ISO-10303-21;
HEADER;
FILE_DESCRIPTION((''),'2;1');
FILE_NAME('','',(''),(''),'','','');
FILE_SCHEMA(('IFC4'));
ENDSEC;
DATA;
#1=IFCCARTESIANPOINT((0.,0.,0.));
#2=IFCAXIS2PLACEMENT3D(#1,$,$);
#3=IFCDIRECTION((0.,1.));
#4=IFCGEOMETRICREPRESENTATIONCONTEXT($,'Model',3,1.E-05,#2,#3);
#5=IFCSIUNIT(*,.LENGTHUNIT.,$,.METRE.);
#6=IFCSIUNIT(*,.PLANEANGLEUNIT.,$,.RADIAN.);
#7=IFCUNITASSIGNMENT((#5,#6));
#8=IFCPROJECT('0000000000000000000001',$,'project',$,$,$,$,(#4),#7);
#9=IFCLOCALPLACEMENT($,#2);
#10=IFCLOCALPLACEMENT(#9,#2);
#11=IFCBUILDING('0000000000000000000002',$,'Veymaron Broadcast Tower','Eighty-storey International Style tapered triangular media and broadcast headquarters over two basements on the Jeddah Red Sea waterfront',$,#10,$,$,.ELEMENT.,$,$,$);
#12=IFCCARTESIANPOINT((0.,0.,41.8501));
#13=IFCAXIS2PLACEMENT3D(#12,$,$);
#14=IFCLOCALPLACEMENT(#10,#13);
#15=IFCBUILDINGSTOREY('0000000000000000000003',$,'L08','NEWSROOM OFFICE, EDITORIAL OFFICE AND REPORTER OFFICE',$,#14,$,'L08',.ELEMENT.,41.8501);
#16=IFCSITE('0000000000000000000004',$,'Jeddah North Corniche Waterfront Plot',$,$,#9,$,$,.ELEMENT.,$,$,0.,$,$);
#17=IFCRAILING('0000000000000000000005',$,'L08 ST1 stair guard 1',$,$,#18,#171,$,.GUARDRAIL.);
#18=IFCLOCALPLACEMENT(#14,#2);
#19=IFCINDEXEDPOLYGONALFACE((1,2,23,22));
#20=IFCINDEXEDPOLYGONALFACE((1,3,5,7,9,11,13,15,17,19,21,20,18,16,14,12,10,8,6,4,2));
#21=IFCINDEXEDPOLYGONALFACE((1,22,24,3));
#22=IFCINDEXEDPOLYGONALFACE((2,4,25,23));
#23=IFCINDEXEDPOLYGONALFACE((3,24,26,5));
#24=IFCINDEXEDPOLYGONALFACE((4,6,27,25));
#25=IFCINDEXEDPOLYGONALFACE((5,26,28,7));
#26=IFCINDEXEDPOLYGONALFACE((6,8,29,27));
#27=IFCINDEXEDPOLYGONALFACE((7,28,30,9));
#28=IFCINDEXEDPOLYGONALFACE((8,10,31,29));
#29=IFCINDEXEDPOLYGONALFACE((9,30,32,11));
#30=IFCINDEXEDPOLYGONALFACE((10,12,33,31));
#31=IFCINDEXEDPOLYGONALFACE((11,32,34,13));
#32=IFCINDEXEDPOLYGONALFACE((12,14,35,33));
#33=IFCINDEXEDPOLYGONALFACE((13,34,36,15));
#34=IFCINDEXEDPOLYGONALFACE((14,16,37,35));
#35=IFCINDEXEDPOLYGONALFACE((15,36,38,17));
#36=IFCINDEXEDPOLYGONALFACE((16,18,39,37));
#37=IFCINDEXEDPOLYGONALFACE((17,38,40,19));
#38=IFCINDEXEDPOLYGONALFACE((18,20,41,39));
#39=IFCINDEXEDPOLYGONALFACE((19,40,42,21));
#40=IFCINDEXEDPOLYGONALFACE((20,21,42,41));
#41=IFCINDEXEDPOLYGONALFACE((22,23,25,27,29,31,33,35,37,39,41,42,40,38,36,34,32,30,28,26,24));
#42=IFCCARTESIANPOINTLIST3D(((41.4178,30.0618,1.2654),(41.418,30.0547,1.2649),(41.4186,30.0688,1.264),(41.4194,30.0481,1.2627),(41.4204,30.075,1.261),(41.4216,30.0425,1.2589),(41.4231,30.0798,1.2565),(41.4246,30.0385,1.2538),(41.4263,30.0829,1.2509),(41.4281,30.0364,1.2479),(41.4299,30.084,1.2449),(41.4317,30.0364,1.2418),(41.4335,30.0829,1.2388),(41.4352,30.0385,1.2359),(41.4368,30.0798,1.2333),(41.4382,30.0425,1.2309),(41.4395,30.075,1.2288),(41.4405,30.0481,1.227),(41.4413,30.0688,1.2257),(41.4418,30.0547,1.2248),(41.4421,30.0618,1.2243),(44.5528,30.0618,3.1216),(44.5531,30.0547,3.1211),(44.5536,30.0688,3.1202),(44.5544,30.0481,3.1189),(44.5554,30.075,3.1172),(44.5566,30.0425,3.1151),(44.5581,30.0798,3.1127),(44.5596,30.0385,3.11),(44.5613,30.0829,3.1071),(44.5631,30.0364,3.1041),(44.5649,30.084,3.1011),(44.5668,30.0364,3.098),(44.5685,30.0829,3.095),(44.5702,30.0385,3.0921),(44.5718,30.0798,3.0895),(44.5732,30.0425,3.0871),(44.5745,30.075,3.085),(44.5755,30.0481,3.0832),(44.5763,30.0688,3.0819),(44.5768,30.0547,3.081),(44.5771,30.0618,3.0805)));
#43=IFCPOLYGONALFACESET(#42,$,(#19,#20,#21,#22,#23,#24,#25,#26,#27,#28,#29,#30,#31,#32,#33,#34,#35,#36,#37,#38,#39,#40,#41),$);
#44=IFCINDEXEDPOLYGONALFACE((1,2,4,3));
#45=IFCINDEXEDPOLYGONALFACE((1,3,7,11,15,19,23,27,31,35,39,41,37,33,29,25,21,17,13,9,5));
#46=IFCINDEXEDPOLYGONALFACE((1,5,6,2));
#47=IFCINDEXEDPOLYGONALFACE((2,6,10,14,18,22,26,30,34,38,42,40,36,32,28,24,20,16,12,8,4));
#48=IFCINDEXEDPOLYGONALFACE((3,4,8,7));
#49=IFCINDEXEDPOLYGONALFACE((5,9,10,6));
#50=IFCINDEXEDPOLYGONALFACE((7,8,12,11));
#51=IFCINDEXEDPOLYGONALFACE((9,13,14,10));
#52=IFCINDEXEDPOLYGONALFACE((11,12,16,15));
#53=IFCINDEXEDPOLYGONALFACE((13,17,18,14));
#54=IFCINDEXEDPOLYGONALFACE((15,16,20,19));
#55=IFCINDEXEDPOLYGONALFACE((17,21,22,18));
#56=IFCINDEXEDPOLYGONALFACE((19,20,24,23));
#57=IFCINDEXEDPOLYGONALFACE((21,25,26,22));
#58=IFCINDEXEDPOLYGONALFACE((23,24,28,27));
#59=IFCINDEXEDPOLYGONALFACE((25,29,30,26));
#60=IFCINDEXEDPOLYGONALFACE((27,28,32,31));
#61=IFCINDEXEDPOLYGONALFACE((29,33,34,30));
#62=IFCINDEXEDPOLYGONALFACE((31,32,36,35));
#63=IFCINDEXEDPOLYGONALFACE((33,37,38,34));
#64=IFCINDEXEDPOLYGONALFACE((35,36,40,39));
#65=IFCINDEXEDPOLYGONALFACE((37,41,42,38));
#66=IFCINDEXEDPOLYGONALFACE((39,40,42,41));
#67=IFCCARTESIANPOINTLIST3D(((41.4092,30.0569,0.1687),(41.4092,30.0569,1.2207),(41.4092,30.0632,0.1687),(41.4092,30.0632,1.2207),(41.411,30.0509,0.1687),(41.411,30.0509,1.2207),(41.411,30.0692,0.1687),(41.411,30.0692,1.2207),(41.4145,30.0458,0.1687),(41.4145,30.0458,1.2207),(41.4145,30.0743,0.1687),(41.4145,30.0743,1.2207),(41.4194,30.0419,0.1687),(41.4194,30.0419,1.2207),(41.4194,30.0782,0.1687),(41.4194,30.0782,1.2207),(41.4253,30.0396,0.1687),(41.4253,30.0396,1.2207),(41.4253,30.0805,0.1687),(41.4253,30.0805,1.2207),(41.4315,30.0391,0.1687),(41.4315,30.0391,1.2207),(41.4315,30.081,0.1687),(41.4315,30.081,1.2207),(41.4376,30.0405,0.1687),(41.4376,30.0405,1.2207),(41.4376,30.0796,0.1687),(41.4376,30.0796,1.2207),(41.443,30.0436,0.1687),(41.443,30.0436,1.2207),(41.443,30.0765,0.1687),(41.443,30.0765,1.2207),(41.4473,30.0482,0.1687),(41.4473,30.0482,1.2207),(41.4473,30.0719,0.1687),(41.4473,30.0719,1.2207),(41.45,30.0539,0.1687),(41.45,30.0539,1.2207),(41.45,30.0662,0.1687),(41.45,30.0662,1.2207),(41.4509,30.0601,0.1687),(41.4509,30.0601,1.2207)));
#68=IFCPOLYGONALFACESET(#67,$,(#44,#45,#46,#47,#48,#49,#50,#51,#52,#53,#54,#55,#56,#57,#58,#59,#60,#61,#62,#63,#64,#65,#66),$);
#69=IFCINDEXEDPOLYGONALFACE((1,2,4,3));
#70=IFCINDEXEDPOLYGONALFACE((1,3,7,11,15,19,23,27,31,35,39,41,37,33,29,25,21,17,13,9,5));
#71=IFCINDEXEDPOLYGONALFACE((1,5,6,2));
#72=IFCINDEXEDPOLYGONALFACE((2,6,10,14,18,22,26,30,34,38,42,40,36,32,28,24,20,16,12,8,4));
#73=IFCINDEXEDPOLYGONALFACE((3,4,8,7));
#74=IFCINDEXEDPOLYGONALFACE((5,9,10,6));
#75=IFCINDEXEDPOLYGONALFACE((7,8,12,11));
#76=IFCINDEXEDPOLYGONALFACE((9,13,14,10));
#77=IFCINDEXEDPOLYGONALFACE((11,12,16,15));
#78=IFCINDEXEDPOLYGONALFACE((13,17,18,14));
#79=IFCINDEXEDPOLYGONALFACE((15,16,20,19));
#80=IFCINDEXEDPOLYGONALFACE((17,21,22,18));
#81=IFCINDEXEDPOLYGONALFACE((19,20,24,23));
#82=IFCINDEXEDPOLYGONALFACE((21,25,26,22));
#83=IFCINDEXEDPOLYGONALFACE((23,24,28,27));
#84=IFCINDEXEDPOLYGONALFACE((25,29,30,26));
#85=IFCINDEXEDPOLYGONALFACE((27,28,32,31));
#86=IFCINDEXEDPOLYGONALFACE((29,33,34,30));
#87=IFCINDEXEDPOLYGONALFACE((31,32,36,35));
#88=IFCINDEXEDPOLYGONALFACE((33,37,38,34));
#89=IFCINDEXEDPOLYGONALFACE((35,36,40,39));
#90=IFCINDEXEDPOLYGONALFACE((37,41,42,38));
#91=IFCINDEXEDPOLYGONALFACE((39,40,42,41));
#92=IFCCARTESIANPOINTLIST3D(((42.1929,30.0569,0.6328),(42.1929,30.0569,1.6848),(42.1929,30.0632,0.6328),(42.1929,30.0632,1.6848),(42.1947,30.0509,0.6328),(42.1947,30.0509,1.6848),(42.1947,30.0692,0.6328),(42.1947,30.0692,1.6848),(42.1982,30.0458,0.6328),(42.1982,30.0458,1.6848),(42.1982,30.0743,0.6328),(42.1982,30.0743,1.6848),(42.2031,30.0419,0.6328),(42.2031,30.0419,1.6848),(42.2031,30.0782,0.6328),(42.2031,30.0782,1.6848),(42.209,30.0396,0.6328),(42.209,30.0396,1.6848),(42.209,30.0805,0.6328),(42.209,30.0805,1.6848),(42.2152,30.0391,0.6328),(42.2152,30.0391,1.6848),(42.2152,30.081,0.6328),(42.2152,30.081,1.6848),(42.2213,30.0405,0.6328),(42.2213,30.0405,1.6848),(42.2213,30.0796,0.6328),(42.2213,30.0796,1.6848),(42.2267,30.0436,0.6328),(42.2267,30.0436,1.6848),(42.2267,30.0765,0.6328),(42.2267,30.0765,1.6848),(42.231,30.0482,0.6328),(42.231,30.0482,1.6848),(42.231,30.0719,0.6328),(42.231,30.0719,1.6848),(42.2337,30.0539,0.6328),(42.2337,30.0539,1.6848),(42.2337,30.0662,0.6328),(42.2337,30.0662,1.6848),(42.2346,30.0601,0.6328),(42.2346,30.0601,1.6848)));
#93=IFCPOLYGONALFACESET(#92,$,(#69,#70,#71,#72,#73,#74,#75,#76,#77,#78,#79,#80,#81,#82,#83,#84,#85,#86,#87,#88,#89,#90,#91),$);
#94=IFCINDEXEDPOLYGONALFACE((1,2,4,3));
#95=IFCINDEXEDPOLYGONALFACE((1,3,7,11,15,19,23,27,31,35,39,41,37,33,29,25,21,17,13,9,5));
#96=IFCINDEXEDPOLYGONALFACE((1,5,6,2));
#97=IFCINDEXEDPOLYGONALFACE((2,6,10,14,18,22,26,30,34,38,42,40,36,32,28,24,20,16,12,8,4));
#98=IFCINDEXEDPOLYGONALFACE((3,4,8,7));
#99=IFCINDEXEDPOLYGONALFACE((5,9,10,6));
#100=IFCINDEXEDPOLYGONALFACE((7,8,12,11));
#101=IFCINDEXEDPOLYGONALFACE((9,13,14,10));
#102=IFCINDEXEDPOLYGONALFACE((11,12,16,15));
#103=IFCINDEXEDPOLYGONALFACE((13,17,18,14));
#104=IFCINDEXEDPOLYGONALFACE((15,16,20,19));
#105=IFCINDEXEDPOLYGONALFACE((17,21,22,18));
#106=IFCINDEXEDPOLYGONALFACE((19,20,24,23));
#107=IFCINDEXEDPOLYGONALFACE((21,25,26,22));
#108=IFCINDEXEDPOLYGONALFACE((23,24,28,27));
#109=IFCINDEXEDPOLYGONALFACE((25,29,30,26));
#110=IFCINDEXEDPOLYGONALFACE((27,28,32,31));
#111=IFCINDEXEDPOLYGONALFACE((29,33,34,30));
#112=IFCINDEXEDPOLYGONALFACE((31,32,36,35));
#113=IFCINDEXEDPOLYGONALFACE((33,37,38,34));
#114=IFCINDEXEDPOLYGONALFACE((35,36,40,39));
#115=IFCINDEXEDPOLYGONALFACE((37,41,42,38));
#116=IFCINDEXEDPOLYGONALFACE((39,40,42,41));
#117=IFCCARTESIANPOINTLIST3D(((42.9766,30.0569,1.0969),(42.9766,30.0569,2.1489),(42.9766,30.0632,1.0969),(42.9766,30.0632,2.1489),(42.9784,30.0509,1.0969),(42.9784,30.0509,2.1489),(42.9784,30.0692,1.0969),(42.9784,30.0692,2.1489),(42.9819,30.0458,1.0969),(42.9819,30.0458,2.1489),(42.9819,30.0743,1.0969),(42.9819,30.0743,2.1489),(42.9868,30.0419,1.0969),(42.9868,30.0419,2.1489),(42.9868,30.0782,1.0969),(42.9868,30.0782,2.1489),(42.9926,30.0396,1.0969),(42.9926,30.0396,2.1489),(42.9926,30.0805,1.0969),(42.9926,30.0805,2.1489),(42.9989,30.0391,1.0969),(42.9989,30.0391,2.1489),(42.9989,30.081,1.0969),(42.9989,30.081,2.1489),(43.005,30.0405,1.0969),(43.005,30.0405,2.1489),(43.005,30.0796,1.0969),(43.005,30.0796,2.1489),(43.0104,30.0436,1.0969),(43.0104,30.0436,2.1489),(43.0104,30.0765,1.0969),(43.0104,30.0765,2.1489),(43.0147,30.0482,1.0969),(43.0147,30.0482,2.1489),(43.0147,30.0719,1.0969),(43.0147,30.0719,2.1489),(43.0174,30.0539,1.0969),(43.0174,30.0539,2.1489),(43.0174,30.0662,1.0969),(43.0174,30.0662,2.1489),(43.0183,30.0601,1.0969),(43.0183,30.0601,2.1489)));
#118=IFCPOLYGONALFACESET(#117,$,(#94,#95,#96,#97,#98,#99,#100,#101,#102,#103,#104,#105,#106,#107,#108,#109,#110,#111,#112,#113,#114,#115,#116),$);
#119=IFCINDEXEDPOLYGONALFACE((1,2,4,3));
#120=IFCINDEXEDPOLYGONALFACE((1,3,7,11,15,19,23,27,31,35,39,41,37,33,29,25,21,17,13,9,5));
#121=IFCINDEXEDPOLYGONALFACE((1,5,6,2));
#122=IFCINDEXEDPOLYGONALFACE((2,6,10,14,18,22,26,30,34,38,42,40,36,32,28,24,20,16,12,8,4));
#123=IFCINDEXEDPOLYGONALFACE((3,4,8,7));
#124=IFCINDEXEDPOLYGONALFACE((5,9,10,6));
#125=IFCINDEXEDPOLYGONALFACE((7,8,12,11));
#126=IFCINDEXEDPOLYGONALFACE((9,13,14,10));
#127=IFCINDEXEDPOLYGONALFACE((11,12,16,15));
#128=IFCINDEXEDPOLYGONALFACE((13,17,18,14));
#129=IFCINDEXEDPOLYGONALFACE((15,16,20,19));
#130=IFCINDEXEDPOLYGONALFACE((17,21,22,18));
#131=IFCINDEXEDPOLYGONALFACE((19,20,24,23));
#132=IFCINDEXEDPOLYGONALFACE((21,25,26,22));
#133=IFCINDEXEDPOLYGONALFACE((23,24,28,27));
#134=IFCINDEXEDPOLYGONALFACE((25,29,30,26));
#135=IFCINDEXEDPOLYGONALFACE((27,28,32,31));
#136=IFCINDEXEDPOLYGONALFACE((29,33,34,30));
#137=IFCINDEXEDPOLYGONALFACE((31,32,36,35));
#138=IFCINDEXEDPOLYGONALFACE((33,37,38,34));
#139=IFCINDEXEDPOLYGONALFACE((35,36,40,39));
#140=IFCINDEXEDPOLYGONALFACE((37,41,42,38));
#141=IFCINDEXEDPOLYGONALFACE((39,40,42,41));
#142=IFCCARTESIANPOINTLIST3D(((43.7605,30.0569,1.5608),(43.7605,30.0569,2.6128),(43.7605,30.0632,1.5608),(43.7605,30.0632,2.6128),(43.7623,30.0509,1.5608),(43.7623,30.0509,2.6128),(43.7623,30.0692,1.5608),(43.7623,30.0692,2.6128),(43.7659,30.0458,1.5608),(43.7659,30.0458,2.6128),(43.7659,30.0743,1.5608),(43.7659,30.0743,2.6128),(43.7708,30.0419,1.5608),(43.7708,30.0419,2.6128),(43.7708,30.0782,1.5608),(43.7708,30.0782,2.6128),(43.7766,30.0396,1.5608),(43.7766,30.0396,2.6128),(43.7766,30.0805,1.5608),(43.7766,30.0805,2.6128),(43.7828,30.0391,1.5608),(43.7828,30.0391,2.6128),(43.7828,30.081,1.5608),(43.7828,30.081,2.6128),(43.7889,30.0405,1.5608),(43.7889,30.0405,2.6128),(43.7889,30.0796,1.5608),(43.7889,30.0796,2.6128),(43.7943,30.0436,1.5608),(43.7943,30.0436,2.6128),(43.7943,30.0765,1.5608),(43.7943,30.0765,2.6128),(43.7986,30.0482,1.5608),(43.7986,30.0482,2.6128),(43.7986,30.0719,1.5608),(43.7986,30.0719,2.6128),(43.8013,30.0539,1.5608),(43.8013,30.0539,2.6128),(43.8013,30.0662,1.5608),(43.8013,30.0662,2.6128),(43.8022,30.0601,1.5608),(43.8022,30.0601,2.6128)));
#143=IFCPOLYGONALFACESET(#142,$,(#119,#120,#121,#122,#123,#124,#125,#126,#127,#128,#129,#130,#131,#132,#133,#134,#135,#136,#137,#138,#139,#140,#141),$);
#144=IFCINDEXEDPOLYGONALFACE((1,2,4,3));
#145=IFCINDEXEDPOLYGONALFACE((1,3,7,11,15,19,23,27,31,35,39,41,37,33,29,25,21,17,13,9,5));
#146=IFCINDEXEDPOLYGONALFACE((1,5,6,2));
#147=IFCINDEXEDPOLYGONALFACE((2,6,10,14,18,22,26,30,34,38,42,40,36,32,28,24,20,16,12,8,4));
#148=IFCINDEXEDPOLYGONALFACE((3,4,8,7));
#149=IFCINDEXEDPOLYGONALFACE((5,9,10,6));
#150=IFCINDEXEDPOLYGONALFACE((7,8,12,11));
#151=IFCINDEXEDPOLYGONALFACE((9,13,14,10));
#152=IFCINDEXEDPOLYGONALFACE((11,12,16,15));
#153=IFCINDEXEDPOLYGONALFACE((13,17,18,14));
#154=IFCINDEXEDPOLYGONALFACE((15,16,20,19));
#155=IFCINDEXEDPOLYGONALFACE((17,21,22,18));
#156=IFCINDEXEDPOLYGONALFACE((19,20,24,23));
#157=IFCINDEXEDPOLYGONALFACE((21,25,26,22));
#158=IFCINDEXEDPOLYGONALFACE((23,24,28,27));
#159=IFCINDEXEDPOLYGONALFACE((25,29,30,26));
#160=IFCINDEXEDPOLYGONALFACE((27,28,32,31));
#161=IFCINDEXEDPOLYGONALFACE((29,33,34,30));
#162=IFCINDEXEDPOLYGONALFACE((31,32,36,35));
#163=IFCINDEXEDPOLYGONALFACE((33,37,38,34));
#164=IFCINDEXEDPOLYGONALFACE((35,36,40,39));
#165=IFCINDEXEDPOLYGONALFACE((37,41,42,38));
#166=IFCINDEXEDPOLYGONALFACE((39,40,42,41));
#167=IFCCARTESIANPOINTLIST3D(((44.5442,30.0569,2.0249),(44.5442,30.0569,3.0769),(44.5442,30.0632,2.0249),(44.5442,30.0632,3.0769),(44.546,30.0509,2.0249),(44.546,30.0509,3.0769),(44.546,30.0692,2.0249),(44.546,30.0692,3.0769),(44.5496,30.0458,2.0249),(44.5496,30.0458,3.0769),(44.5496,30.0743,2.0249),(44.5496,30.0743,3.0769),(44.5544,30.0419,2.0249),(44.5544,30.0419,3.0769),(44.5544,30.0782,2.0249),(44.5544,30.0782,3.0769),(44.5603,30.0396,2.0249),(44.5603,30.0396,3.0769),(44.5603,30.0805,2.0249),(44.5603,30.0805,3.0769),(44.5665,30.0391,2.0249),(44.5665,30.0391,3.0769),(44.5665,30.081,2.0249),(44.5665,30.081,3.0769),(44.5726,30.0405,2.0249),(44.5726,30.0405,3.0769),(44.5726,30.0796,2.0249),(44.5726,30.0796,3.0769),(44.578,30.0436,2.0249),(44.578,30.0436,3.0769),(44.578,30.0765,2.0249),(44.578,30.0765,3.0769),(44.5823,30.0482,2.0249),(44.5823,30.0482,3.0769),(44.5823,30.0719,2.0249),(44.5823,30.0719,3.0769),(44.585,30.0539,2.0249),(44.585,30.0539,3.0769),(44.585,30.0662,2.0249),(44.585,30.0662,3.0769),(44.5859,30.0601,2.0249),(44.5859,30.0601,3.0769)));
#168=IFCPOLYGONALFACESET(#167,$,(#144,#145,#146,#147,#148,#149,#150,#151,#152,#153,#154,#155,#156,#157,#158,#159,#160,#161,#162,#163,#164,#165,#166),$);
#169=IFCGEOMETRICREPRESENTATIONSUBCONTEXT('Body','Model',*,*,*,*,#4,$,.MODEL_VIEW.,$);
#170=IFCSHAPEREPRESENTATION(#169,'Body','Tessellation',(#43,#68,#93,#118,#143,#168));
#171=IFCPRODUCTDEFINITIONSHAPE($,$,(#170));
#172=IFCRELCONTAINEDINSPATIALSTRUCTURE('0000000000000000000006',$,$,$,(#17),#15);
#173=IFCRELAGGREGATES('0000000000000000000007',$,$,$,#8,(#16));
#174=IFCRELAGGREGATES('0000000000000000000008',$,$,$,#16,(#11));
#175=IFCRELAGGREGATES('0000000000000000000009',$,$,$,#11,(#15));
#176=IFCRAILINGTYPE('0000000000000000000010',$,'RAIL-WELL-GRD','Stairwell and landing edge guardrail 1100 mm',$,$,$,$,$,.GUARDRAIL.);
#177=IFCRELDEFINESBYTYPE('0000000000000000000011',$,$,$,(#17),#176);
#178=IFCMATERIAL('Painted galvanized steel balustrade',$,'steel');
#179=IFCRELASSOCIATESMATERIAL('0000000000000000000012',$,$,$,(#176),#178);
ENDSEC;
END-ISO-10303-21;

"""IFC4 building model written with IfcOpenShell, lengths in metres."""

from ifc_helpers import new_model, si_unit, direction, frame, origin, origin_2d, place, context, subcontext, project, spatial, circle, extrude, material, type_object, element, save


model = new_model("IFC4")

# Units and contexts
model_context = context("Model", 3, precision=1e-05, world=origin(), true_north=direction((0.0, 1.0)))
body_context = subcontext(model_context, "Body", "Model", "MODEL_VIEW")
ifc_project = project(units=[si_unit("LENGTHUNIT", "METRE"), si_unit("PLANEANGLEUNIT", "RADIAN")], contexts=[model_context])

# Site, building, storey
site_placement = place(None, origin())
site = spatial("IfcSite", under=ifc_project, at=site_placement, Name="Jeddah North Corniche Waterfront Plot", CompositionType="ELEMENT", RefElevation=0.0)
building_placement = place(site_placement, origin())
building = spatial("IfcBuilding", under=site, at=building_placement, Name="Veymaron Broadcast Tower", Description="Eighty-storey International Style tapered triangular media and broadcast headquarters over two basements on the Jeddah Red Sea waterfront", CompositionType="ELEMENT")
storey_placement = place(building_placement, frame((0.0, 0.0, 41.8501)))
storey = spatial("IfcBuildingStorey", under=building, at=storey_placement, Name="L08", Description="NEWSROOM OFFICE, EDITORIAL OFFICE AND REPORTER OFFICE", LongName="L08", CompositionType="ELEMENT", Elevation=41.8501)

# Railing
ifc_material_1 = material(Name="Painted galvanized steel balustrade", Category="steel")
railing_type_1 = type_object("IfcRailingType", Name="RAIL-WELL-GRD", Description="Stairwell and landing edge guardrail 1100 mm", PredefinedType="GUARDRAIL", material=ifc_material_1)
railing_1_placement = place(storey_placement, frame((41.4299, 30.0601, 0.1687)))
element("IfcRailing", 1, at=railing_1_placement, inside=storey, type_object=railing_type_1, Name="L08 ST1 stair guard 1", PredefinedType="GUARDRAIL", context=body_context, shape_type="SweptSolid", body=[
    extrude(circle(Radius=0.0239, at=origin_2d()), frame((0.0, 0.0, 1.0762), z_axis=(0.860482, 0.0, 0.509481), x_axis=(0.0, 1.0, 0.0)), (0.0, 0.0, 1.0), 3.6433),
    extrude(circle(Radius=0.021, at=origin_2d()), origin(), (0.0, 0.0, 1.0), 1.052),
    extrude(circle(Radius=0.021, at=origin_2d()), frame((0.7837, 0.0, 0.4641)), (0.0, 0.0, 1.0), 1.052),
    extrude(circle(Radius=0.021, at=origin_2d()), frame((1.5674, 0.0, 0.9282)), (0.0, 0.0, 1.0), 1.052),
    extrude(circle(Radius=0.021, at=origin_2d()), frame((2.3513, 0.0, 1.3921)), (0.0, 0.0, 1.0), 1.052),
    extrude(circle(Radius=0.021, at=origin_2d()), frame((3.135, 0.0, 1.8562)), (0.0, 0.0, 1.0), 1.052),
])

save(model, "model.ifc")
